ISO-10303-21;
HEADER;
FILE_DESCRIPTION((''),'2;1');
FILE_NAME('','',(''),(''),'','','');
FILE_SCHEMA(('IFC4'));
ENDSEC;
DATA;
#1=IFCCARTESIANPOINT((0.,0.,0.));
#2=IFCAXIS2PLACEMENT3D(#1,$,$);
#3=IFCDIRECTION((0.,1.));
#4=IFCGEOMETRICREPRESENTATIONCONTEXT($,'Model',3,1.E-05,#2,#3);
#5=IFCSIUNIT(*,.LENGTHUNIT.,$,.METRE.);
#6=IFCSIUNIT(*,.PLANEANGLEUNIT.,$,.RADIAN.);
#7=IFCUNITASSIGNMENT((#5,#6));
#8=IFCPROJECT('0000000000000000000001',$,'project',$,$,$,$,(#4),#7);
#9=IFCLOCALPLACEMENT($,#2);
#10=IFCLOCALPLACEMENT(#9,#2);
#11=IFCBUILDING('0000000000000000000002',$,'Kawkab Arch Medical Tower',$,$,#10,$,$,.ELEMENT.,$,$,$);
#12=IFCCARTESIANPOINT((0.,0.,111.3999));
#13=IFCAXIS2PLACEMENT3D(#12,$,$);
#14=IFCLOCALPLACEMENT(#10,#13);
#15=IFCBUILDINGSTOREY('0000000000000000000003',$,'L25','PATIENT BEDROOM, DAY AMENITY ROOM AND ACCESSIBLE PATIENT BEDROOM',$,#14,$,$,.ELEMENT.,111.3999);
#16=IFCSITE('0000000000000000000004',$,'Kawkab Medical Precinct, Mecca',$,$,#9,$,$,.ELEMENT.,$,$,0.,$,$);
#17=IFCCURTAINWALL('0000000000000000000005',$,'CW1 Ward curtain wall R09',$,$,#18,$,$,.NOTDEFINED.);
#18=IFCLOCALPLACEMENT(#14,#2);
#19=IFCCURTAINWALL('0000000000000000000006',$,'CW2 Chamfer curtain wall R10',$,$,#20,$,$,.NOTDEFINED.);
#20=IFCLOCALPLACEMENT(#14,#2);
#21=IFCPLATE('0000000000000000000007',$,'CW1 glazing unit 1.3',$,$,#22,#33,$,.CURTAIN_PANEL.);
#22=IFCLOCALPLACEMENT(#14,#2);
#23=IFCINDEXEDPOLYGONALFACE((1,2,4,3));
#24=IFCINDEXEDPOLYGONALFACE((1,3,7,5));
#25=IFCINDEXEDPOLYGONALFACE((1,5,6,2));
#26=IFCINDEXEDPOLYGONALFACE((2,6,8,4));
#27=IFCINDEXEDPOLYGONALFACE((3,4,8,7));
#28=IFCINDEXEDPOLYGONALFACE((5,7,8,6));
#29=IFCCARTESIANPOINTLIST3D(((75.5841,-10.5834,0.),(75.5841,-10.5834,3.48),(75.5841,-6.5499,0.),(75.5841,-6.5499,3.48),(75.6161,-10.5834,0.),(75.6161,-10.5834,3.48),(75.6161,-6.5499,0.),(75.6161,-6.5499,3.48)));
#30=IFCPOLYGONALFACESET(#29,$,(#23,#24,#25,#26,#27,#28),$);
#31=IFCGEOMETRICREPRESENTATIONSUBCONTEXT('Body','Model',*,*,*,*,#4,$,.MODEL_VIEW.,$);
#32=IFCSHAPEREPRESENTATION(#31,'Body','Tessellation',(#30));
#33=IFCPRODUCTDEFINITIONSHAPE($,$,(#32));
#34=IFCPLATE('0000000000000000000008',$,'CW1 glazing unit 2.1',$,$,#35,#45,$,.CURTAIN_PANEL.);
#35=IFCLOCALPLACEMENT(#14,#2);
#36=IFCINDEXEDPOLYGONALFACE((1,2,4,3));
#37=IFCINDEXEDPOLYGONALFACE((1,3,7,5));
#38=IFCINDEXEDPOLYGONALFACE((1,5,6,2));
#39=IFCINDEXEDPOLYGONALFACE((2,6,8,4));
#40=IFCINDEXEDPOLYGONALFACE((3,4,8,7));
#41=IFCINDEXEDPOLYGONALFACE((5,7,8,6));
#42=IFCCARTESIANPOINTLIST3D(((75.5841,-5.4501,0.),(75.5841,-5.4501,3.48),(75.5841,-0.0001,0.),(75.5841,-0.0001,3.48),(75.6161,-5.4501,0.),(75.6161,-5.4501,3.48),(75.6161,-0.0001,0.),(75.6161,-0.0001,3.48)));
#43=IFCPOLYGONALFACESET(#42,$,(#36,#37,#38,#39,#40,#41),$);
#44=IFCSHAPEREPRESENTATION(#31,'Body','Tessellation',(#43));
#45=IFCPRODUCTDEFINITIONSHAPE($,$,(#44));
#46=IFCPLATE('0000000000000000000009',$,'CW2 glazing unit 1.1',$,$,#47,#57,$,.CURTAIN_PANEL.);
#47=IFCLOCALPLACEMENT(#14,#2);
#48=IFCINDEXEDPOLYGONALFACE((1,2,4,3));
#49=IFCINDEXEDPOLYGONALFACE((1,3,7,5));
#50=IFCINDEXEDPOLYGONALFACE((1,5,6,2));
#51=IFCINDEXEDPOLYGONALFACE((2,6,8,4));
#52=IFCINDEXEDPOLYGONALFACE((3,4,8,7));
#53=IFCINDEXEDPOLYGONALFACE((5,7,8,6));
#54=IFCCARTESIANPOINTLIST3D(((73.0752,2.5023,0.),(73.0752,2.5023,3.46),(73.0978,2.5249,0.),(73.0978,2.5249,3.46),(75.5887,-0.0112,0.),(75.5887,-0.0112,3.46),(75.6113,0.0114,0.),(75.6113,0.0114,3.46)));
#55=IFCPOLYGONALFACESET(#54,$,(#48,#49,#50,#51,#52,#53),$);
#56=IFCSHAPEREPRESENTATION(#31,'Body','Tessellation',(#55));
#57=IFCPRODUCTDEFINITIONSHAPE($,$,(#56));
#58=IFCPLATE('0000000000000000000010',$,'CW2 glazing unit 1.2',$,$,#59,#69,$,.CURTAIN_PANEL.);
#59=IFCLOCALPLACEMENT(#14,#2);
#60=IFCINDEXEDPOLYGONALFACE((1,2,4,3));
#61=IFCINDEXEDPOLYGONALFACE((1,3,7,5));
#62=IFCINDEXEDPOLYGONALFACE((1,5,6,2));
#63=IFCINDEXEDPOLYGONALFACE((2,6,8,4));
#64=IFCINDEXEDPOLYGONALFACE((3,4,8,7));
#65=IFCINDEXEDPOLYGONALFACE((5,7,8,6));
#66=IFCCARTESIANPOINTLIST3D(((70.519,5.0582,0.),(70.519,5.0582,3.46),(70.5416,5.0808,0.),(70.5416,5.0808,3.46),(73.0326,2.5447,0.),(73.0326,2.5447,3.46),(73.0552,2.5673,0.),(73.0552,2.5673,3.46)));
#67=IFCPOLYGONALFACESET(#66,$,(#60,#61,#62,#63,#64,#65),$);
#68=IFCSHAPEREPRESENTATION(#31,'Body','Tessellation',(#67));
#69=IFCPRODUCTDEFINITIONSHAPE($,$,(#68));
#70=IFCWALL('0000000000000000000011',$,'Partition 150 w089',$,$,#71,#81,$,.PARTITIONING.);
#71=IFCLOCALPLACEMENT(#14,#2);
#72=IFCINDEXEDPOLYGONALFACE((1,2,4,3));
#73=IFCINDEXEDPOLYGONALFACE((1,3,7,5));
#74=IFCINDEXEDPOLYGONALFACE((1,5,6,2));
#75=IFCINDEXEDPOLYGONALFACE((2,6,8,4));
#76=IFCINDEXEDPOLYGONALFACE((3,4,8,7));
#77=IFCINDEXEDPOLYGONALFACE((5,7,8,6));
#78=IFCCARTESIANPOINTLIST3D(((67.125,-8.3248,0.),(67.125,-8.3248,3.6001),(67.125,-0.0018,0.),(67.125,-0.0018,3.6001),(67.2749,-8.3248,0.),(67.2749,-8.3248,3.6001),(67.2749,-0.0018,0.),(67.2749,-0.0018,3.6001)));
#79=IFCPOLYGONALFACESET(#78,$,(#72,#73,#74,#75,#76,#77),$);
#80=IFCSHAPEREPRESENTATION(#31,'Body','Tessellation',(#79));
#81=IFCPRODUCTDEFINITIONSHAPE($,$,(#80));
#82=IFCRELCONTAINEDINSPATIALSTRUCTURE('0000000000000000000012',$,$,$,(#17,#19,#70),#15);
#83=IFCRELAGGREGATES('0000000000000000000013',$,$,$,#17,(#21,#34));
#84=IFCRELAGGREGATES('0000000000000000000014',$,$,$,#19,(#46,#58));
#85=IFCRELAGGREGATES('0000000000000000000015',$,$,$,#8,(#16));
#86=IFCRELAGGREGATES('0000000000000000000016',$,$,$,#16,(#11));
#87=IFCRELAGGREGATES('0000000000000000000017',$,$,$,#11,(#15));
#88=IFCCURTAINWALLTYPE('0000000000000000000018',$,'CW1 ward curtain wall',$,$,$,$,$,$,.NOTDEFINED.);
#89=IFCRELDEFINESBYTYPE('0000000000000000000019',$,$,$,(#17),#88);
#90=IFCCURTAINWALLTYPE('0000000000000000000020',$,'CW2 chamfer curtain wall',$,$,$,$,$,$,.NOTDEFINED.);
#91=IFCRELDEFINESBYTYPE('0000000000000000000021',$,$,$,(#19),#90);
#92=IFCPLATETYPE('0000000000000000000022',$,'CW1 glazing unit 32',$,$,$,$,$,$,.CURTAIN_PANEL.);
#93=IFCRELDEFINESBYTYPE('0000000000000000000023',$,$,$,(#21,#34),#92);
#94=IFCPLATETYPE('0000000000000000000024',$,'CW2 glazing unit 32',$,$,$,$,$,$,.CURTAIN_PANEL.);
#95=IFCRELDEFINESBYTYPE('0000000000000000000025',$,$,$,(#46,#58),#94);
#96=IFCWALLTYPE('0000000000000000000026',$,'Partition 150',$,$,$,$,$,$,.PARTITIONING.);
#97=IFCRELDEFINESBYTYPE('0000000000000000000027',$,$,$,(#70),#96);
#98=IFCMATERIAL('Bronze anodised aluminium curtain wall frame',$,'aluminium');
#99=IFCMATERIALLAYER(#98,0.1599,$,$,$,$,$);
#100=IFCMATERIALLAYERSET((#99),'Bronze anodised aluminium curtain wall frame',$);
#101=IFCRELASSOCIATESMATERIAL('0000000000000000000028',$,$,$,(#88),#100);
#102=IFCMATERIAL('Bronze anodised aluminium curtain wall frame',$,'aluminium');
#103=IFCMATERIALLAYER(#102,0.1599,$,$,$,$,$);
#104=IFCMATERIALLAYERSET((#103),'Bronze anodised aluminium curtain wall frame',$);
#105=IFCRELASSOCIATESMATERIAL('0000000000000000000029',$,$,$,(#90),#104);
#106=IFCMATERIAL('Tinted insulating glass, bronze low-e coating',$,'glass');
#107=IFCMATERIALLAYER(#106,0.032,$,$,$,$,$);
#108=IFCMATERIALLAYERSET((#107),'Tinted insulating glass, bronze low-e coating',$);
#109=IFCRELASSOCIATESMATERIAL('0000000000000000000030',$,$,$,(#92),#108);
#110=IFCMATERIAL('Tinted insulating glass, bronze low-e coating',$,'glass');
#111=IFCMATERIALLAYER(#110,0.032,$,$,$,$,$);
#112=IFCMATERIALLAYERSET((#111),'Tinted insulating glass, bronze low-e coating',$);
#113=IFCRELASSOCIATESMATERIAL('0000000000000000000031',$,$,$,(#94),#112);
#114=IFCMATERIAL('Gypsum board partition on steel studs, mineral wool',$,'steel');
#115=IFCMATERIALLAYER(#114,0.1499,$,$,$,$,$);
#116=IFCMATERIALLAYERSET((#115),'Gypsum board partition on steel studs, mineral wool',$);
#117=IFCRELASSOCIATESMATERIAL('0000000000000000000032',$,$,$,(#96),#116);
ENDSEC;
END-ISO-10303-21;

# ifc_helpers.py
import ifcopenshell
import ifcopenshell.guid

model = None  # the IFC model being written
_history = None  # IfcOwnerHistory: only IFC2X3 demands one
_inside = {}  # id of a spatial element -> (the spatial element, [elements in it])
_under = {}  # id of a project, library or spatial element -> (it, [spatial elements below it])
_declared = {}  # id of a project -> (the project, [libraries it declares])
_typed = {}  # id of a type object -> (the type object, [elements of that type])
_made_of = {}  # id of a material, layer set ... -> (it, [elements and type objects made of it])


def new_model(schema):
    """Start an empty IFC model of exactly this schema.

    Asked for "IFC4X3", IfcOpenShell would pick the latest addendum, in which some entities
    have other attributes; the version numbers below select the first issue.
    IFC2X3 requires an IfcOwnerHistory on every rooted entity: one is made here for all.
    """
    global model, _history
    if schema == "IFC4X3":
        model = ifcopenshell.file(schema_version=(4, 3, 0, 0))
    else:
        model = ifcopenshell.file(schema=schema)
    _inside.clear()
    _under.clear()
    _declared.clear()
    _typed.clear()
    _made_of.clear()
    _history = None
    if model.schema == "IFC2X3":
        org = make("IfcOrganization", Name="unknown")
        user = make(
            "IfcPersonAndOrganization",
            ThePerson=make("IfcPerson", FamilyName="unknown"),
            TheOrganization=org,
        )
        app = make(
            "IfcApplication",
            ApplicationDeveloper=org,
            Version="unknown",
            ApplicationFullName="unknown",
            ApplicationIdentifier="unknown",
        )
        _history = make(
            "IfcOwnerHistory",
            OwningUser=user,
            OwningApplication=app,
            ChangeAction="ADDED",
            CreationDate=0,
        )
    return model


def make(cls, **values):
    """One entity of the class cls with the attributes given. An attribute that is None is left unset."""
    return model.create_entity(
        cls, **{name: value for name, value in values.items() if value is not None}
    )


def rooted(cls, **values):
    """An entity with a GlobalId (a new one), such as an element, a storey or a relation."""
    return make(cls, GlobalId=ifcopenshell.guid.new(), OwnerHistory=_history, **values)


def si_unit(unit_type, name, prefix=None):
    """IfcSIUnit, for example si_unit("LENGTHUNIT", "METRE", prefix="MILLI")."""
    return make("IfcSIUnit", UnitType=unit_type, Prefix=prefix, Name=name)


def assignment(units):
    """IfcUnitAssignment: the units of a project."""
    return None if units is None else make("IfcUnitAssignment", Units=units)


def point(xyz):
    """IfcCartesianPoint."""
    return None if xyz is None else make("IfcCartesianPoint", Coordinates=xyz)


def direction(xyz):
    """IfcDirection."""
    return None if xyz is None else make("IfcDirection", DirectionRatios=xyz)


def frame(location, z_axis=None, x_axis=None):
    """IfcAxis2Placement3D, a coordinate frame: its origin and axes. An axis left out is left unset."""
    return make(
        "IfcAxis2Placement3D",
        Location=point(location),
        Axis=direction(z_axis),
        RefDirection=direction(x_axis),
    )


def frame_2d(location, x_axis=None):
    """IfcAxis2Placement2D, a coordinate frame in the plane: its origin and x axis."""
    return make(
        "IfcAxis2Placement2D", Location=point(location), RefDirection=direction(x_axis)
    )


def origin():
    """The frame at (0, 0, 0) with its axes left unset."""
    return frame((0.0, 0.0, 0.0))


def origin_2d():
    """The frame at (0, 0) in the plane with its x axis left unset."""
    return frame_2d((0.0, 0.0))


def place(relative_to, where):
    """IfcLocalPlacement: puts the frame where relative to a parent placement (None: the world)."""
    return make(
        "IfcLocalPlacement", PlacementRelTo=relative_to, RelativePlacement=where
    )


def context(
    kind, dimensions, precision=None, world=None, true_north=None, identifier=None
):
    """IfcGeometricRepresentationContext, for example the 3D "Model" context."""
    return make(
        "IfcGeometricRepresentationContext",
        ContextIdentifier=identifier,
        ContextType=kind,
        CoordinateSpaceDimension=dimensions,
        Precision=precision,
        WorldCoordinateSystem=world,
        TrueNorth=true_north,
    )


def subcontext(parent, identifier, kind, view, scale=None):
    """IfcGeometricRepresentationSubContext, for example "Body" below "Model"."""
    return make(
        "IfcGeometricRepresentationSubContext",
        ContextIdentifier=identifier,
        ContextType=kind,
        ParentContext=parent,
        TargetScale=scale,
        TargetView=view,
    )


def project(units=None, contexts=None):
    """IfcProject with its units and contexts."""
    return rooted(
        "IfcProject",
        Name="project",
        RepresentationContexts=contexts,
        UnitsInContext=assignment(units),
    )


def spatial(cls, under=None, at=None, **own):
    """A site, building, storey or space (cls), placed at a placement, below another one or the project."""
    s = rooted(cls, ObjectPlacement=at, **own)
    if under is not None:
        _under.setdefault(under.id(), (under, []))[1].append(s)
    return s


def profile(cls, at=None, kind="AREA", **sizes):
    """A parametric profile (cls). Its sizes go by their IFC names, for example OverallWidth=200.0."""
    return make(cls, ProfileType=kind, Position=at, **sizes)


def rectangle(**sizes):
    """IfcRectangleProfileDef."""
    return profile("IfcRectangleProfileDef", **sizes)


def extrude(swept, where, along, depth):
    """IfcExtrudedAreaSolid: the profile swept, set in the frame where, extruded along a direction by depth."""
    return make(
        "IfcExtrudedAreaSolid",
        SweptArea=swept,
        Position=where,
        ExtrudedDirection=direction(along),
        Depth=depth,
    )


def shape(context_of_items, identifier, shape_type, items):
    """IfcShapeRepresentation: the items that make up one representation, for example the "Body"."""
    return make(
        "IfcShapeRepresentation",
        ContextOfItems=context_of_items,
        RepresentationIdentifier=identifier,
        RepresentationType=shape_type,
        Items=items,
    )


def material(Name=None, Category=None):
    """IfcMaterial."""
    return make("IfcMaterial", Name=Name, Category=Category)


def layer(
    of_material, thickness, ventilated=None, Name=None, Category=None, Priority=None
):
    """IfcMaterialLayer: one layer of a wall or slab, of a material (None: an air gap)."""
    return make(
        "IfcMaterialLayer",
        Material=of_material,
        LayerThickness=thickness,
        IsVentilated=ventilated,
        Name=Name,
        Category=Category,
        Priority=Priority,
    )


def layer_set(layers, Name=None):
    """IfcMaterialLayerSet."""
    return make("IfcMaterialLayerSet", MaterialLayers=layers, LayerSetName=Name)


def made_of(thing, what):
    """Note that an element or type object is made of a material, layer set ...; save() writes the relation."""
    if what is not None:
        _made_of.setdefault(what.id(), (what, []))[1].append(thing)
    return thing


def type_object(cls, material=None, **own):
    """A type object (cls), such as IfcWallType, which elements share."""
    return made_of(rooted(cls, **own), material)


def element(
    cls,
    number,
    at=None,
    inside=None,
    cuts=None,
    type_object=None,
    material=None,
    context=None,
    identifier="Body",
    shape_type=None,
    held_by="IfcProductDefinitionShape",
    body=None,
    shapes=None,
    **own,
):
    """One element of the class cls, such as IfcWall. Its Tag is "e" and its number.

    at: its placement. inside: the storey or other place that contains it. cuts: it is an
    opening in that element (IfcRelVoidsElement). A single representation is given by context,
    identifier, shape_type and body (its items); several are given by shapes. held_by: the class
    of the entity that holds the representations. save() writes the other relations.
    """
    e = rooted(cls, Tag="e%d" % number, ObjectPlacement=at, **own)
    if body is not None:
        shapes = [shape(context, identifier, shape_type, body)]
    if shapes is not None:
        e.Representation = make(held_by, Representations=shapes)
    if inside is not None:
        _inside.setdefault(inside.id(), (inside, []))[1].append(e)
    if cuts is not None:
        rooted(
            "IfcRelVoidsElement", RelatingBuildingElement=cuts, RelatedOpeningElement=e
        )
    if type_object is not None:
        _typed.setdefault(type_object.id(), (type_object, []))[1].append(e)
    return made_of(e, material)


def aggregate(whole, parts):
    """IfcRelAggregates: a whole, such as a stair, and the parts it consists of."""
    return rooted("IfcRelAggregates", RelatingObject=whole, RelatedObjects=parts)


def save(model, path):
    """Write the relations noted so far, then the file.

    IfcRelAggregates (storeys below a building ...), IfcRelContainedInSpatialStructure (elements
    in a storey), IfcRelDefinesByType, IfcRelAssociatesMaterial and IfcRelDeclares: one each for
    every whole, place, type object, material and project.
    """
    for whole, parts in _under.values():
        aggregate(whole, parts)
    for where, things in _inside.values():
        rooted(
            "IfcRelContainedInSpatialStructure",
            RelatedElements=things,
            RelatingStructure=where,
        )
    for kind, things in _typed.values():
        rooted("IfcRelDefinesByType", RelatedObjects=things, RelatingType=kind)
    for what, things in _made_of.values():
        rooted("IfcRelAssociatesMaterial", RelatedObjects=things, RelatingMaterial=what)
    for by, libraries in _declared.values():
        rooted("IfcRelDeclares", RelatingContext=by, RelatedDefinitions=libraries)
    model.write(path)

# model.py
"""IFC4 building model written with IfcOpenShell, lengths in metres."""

from ifc_helpers import new_model, si_unit, direction, frame, frame_2d, origin, origin_2d, place, context, subcontext, project, spatial, rectangle, extrude, material, layer, layer_set, type_object, element, aggregate, save


model = new_model("IFC4")

# Units and contexts
model_context = context("Model", 3, precision=1e-05, world=origin(), true_north=direction((0.0, 1.0)))
body_context = subcontext(model_context, "Body", "Model", "MODEL_VIEW")
ifc_project = project(units=[si_unit("LENGTHUNIT", "METRE"), si_unit("PLANEANGLEUNIT", "RADIAN")], contexts=[model_context])

# Site, building, storey
site_placement = place(None, origin())
site = spatial("IfcSite", under=ifc_project, at=site_placement, Name="Kawkab Medical Precinct, Mecca", CompositionType="ELEMENT", RefElevation=0.0)
building_placement = place(site_placement, origin())
building = spatial("IfcBuilding", under=site, at=building_placement, Name="Kawkab Arch Medical Tower", CompositionType="ELEMENT")
storey_placement = place(building_placement, frame((0.0, 0.0, 111.3999)))
storey = spatial("IfcBuildingStorey", under=building, at=storey_placement, Name="L25", Description="PATIENT BEDROOM, DAY AMENITY ROOM AND ACCESSIBLE PATIENT BEDROOM", CompositionType="ELEMENT", Elevation=111.3999)

# Curtain wall
ifc_material_1 = material(Name="Bronze anodised aluminium curtain wall frame", Category="aluminium")
ifc_layer_1 = layer(ifc_material_1, 0.1599)
ifc_layer_set_1 = layer_set([ifc_layer_1], Name="Bronze anodised aluminium curtain wall frame")
curtain_wall_type_1 = type_object("IfcCurtainWallType", Name="CW1 ward curtain wall", PredefinedType="NOTDEFINED", material=ifc_layer_set_1)
placement = place(storey_placement, origin())
curtain_wall_1 = element("IfcCurtainWall", 1, at=placement, inside=storey, type_object=curtain_wall_type_1, Name="CW1 Ward curtain wall R09", PredefinedType="NOTDEFINED")

# Curtain wall
ifc_material_2 = material(Name="Bronze anodised aluminium curtain wall frame", Category="aluminium")
ifc_layer_2 = layer(ifc_material_2, 0.1599)
ifc_layer_set_2 = layer_set([ifc_layer_2], Name="Bronze anodised aluminium curtain wall frame")
curtain_wall_type_2 = type_object("IfcCurtainWallType", Name="CW2 chamfer curtain wall", PredefinedType="NOTDEFINED", material=ifc_layer_set_2)
curtain_wall_2 = element("IfcCurtainWall", 2, at=placement, inside=storey, type_object=curtain_wall_type_2, Name="CW2 Chamfer curtain wall R10", PredefinedType="NOTDEFINED")

# Plates
ifc_material_3 = material(Name="Tinted insulating glass, bronze low-e coating", Category="glass")
ifc_layer_3 = layer(ifc_material_3, 0.032)
ifc_layer_set_3 = layer_set([ifc_layer_3], Name="Tinted insulating glass, bronze low-e coating")
plate_type_1 = type_object("IfcPlateType", Name="CW1 glazing unit 32", PredefinedType="CURTAIN_PANEL", material=ifc_layer_set_3)
plate_1_placement = place(storey_placement, frame((75.6001, -8.5667, 0.0), z_axis=(0.0, 0.0, 1.0), x_axis=(0.0, 1.0, 0.0)))
plate_1 = element("IfcPlate", 3, at=plate_1_placement, type_object=plate_type_1, Name="CW1 glazing unit 1.3", PredefinedType="CURTAIN_PANEL", context=body_context, shape_type="SweptSolid", body=[
    extrude(rectangle(XDim=4.0334, YDim=0.032, at=origin_2d()), origin(), (0.0, 0.0, 1.0), 3.48),
])
plate_2_placement = place(storey_placement, frame((75.6001, -2.7251, 0.0), z_axis=(0.0, 0.0, 1.0), x_axis=(0.0, 1.0, 0.0)))
plate_2 = element("IfcPlate", 4, at=plate_2_placement, type_object=plate_type_1, Name="CW1 glazing unit 2.1", PredefinedType="CURTAIN_PANEL", context=body_context, shape_type="SweptSolid", body=[
    extrude(rectangle(XDim=5.45, YDim=0.032, at=origin_2d()), origin(), (0.0, 0.0, 1.0), 3.48),
])
aggregate(curtain_wall_1, [plate_1, plate_2])
ifc_material_4 = material(Name="Tinted insulating glass, bronze low-e coating", Category="glass")
ifc_layer_4 = layer(ifc_material_4, 0.032)
ifc_layer_set_4 = layer_set([ifc_layer_4], Name="Tinted insulating glass, bronze low-e coating")
plate_type_2 = type_object("IfcPlateType", Name="CW2 glazing unit 32", PredefinedType="CURTAIN_PANEL", material=ifc_layer_set_4)
plate_3_placement = place(storey_placement, frame((74.3433, 1.2568, 0.0), z_axis=(0.0, 0.0, 1.0), x_axis=(-0.707107, 0.707107, 0.0)))
plate_3 = element("IfcPlate", 5, at=plate_3_placement, type_object=plate_type_2, Name="CW2 glazing unit 1.1", PredefinedType="CURTAIN_PANEL", context=body_context, shape_type="SweptSolid", body=[
    extrude(rectangle(XDim=3.5547, YDim=0.032, at=origin_2d()), origin(), (0.0, 0.0, 1.0), 3.46),
])
plate_4_placement = place(storey_placement, frame((71.7871, 3.8127, 0.0), z_axis=(0.0, 0.0, 1.0), x_axis=(-0.707107, 0.707107, 0.0)))
plate_4 = element("IfcPlate", 6, at=plate_4_placement, type_object=plate_type_2, Name="CW2 glazing unit 1.2", PredefinedType="CURTAIN_PANEL", context=body_context, shape_type="SweptSolid", body=[
    extrude(rectangle(XDim=3.5547, YDim=0.032, at=origin_2d()), origin(), (0.0, 0.0, 1.0), 3.46),
])
aggregate(curtain_wall_2, [plate_3, plate_4])

# Wall
ifc_material_5 = material(Name="Gypsum board partition on steel studs, mineral wool", Category="steel")
ifc_layer_5 = layer(ifc_material_5, 0.1499)
ifc_layer_set_5 = layer_set([ifc_layer_5], Name="Gypsum board partition on steel studs, mineral wool")
wall_type = type_object("IfcWallType", Name="Partition 150", PredefinedType="PARTITIONING", material=ifc_layer_set_5)
wall_placement = place(storey_placement, frame((67.2, -8.325, 0.0), z_axis=(0.0, 0.0, 1.0), x_axis=(0.0, 1.0, 0.0)))
element("IfcWall", 7, at=wall_placement, inside=storey, type_object=wall_type, Name="Partition 150 w089", PredefinedType="PARTITIONING", context=body_context, shape_type="SweptSolid", body=[
    extrude(rectangle(XDim=8.323, YDim=0.1499, at=frame_2d((4.1616, 0.0))), origin(), (0.0, 0.0, 1.0), 3.6001),
])

save(model, "model.ifc")
